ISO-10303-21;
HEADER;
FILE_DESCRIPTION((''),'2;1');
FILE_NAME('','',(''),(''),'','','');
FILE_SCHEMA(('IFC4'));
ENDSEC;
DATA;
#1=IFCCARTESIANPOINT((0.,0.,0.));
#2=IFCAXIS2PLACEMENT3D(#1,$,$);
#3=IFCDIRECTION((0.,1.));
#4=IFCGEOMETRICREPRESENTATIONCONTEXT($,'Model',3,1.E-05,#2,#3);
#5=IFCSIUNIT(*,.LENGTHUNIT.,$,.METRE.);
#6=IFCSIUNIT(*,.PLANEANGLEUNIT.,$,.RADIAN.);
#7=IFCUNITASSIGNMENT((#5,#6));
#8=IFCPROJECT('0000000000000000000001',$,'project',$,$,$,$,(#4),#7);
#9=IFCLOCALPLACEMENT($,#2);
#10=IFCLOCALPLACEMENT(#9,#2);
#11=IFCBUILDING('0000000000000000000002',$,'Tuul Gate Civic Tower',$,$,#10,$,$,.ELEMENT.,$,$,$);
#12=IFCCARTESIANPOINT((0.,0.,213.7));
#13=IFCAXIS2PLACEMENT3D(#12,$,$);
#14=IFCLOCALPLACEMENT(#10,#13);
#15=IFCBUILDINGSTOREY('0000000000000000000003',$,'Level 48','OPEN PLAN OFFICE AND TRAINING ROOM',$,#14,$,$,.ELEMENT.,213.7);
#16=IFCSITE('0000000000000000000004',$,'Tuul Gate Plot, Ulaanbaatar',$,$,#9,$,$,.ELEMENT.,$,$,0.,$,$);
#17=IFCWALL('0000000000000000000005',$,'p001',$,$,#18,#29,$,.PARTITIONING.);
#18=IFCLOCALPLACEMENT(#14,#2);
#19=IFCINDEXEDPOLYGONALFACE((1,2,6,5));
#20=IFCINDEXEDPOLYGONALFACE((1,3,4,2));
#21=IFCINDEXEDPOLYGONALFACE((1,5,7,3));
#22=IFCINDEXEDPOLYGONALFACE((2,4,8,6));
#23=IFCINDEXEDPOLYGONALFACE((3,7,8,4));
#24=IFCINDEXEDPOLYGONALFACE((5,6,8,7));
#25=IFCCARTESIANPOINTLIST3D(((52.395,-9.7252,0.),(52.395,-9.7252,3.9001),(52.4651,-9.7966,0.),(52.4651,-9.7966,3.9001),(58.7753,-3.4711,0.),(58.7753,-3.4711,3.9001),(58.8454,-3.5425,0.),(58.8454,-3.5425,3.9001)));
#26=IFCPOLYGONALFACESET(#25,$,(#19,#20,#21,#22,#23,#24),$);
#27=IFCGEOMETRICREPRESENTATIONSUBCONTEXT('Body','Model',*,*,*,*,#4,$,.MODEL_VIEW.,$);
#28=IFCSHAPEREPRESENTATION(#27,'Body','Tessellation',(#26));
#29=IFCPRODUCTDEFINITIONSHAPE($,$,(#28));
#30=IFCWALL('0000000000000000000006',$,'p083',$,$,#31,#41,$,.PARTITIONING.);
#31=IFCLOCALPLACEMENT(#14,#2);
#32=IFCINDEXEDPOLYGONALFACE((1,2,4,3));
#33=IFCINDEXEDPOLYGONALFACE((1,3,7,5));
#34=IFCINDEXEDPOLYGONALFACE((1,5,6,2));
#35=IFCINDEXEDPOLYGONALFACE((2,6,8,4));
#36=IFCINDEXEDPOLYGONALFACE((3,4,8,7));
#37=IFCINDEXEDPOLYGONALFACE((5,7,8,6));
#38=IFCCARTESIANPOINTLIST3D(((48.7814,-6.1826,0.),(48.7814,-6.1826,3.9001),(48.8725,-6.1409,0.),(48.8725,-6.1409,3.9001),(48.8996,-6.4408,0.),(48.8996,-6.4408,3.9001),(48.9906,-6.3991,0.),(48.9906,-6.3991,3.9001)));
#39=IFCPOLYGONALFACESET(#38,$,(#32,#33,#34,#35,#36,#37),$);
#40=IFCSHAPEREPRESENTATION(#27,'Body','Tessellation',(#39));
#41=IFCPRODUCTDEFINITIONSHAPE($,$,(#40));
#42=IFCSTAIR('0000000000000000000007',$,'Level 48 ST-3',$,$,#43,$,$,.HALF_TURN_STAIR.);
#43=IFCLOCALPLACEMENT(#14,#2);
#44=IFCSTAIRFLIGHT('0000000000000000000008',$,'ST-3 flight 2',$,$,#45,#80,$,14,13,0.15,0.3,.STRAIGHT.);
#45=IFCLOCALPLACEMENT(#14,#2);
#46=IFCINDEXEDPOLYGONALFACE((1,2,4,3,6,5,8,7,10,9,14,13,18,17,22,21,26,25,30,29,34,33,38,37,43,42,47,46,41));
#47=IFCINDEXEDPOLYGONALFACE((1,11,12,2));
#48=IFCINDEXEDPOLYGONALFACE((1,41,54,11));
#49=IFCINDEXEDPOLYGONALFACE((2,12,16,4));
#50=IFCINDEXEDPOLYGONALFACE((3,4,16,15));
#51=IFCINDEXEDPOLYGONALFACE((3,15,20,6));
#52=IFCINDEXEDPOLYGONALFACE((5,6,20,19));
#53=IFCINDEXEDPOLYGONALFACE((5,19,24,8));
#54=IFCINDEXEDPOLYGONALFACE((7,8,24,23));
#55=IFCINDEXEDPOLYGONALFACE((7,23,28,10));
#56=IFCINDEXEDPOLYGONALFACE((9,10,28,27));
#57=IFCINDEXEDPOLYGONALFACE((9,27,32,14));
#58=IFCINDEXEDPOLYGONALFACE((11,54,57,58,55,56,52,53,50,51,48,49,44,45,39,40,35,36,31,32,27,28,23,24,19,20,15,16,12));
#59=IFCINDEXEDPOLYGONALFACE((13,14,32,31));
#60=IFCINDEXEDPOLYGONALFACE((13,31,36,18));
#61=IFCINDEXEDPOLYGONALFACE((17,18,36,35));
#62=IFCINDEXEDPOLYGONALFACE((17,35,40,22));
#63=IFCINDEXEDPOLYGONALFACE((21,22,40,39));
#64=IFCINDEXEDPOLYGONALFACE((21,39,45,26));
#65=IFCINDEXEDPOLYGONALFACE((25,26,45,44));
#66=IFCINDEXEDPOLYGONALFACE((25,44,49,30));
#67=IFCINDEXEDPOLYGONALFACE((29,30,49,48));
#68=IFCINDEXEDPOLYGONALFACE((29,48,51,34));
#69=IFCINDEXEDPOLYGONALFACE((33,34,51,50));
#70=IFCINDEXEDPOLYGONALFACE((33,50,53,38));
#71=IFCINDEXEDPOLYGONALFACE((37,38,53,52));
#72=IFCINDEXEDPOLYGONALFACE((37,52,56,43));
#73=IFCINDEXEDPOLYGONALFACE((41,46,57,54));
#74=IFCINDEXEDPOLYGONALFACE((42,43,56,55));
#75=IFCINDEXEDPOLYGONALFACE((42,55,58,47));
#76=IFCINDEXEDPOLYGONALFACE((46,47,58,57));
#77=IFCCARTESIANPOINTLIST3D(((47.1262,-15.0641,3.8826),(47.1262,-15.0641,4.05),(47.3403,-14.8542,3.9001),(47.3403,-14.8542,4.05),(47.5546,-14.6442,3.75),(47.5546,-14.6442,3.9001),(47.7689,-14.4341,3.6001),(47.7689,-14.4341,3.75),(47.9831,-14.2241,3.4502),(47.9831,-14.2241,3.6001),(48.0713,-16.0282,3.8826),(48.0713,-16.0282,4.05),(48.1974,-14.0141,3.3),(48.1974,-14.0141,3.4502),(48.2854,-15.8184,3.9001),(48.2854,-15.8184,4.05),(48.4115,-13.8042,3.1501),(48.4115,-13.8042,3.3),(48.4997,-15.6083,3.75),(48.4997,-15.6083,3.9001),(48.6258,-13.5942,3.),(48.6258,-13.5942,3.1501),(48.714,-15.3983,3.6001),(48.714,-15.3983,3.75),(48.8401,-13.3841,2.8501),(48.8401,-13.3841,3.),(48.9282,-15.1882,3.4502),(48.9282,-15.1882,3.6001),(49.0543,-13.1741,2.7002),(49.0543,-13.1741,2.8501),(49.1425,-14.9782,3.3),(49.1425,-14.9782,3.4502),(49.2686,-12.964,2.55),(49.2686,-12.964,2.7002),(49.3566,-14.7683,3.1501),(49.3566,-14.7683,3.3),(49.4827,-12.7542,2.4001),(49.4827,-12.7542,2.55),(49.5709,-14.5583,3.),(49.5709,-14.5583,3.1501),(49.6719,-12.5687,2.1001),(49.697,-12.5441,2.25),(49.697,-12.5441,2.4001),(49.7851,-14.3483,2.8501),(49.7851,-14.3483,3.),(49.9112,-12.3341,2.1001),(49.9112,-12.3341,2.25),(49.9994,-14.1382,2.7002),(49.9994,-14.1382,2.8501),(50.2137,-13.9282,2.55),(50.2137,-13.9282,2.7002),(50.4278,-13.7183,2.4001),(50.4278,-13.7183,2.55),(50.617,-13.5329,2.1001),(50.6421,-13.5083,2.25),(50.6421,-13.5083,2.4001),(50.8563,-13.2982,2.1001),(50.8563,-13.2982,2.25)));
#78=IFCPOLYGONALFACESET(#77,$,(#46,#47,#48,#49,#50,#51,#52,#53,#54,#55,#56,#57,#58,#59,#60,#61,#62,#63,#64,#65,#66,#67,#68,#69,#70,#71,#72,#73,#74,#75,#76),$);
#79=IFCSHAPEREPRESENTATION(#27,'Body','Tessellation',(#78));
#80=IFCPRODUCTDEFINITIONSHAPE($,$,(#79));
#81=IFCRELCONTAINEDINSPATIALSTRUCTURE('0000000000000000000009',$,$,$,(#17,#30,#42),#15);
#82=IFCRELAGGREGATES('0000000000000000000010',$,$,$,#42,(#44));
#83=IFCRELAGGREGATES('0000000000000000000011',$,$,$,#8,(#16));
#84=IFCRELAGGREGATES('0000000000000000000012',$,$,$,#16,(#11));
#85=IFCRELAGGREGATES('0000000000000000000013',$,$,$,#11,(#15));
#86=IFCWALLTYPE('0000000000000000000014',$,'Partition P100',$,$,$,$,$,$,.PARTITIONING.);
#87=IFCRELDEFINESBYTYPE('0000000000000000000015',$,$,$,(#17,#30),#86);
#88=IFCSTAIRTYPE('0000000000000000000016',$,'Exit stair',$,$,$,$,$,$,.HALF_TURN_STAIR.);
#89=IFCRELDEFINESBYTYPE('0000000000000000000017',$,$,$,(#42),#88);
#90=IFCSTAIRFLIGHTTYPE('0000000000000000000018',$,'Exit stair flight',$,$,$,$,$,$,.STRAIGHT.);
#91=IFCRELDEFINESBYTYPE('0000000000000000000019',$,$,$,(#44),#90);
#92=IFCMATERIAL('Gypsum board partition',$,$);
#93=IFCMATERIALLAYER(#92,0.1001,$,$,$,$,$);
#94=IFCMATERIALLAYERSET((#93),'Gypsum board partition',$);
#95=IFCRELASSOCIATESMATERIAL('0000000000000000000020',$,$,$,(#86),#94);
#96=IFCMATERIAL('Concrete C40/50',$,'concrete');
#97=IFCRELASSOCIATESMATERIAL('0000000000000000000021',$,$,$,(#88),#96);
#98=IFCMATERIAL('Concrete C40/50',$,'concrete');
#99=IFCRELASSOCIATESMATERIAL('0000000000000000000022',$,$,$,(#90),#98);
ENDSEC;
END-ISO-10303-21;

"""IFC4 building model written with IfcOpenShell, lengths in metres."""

from ifc_helpers import new_model, si_unit, direction, frame, frame_2d, origin, place, context, subcontext, project, spatial, polyline, rectangle, outline, extrude, material, layer, layer_set, type_object, element, aggregate, save


model = new_model("IFC4")

# Units and contexts
model_context = context("Model", 3, precision=1e-05, world=origin(), true_north=direction((0.0, 1.0)))
body_context = subcontext(model_context, "Body", "Model", "MODEL_VIEW")
ifc_project = project(units=[si_unit("LENGTHUNIT", "METRE"), si_unit("PLANEANGLEUNIT", "RADIAN")], contexts=[model_context])

# Site, building, storey
site_placement = place(None, origin())
site = spatial("IfcSite", under=ifc_project, at=site_placement, Name="Tuul Gate Plot, Ulaanbaatar", CompositionType="ELEMENT", RefElevation=0.0)
building_placement = place(site_placement, origin())
building = spatial("IfcBuilding", under=site, at=building_placement, Name="Tuul Gate Civic Tower", CompositionType="ELEMENT")
storey_placement = place(building_placement, frame((0.0, 0.0, 213.7)))
storey = spatial("IfcBuildingStorey", under=building, at=storey_placement, Name="Level 48", Description="OPEN PLAN OFFICE AND TRAINING ROOM", CompositionType="ELEMENT", Elevation=213.7)

# Walls
ifc_material_1 = material(Name="Gypsum board partition")
ifc_layer_1 = layer(ifc_material_1, 0.1001)
ifc_layer_set_1 = layer_set([ifc_layer_1], Name="Gypsum board partition")
wall_type_1 = type_object("IfcWallType", Name="Partition P100", PredefinedType="PARTITIONING", material=ifc_layer_set_1)
wall_1_placement = place(storey_placement, frame((52.4299, -9.761, 0.0), z_axis=(0.0, 0.0, 1.0), x_axis=(0.714135, 0.700008, 0.0)))
element("IfcWall", 1, at=wall_1_placement, inside=storey, type_object=wall_type_1, Name="p001", PredefinedType="PARTITIONING", context=body_context, shape_type="SweptSolid", body=[
    extrude(rectangle(XDim=8.9343, YDim=0.1001, at=frame_2d((4.4673, 0.0))), origin(), (0.0, 0.0, 1.0), 3.9001),
])
wall_2_placement = place(storey_placement, frame((48.8269, -6.1616, 0.0), z_axis=(0.0, 0.0, 1.0), x_axis=(0.416003, -0.909363, 0.0)))
element("IfcWall", 2, at=wall_2_placement, inside=storey, type_object=wall_type_1, Name="p083", PredefinedType="PARTITIONING", context=body_context, shape_type="SweptSolid", body=[
    extrude(rectangle(XDim=0.2839, YDim=0.1001, at=frame_2d((0.1421, 0.0))), origin(), (0.0, 0.0, 1.0), 3.9001),
])

# Stair, stair flight
ifc_material_2 = material(Name="Concrete C40/50", Category="concrete")
stair_type = type_object("IfcStairType", Name="Exit stair", PredefinedType="HALF_TURN_STAIR", material=ifc_material_2)
stair_placement = place(storey_placement, origin())
stair = element("IfcStair", 3, at=stair_placement, inside=storey, type_object=stair_type, Name="Level 48 ST-3", PredefinedType="HALF_TURN_STAIR")
ifc_material_3 = material(Name="Concrete C40/50", Category="concrete")
stair_flight_type = type_object("IfcStairFlightType", Name="Exit stair flight", PredefinedType="STRAIGHT", material=ifc_material_3)
stair_flight_placement = place(storey_placement, frame((50.3838, -12.8162, 2.1001), z_axis=(0.0, 0.0, 1.0), x_axis=(-0.714127, -0.700016, 0.0)))
stair_flight = element("IfcStairFlight", 4, at=stair_flight_placement, type_object=stair_flight_type, Name="ST-3 flight 2", NumberOfRisers=14, NumberOfTreads=13, PredefinedType="STRAIGHT", RiserHeight=0.15, TreadLength=0.3, context=body_context, shape_type="SweptSolid", body=[
    extrude(outline(polyline([(0.0, 0.0), (0.0, 0.1499), (0.3, 0.1499), (0.3, 0.3), (0.6001, 0.3), (0.6001, 0.45), (0.8999, 0.45), (0.8999, 0.6001), (1.2, 0.6001), (1.2, 0.75), (1.5, 0.75), (1.5, 0.8999), (1.8, 0.8999), (1.8, 1.05), (2.1001, 1.05), (2.1001, 1.2), (2.3999, 1.2), (2.3999, 1.3501), (2.7, 1.3501), (2.7, 1.5), (3.0, 1.5), (3.0, 1.6499), (3.3, 1.6499), (3.3, 1.8), (3.6001, 1.8), (3.6001, 1.95), (3.8999, 1.95), (3.8999, 2.1001), (3.8999, 1.7825), (0.3352, 0.0), (0.0, 0.0)])), frame((0.0, 0.675, 0.0), z_axis=(0.0, -1.0, 0.0), x_axis=(1.0, 0.0, 0.0)), (0.0, 0.0, 1.0), 1.3501),
])
aggregate(stair, [stair_flight])

save(model, "model.ifc")
